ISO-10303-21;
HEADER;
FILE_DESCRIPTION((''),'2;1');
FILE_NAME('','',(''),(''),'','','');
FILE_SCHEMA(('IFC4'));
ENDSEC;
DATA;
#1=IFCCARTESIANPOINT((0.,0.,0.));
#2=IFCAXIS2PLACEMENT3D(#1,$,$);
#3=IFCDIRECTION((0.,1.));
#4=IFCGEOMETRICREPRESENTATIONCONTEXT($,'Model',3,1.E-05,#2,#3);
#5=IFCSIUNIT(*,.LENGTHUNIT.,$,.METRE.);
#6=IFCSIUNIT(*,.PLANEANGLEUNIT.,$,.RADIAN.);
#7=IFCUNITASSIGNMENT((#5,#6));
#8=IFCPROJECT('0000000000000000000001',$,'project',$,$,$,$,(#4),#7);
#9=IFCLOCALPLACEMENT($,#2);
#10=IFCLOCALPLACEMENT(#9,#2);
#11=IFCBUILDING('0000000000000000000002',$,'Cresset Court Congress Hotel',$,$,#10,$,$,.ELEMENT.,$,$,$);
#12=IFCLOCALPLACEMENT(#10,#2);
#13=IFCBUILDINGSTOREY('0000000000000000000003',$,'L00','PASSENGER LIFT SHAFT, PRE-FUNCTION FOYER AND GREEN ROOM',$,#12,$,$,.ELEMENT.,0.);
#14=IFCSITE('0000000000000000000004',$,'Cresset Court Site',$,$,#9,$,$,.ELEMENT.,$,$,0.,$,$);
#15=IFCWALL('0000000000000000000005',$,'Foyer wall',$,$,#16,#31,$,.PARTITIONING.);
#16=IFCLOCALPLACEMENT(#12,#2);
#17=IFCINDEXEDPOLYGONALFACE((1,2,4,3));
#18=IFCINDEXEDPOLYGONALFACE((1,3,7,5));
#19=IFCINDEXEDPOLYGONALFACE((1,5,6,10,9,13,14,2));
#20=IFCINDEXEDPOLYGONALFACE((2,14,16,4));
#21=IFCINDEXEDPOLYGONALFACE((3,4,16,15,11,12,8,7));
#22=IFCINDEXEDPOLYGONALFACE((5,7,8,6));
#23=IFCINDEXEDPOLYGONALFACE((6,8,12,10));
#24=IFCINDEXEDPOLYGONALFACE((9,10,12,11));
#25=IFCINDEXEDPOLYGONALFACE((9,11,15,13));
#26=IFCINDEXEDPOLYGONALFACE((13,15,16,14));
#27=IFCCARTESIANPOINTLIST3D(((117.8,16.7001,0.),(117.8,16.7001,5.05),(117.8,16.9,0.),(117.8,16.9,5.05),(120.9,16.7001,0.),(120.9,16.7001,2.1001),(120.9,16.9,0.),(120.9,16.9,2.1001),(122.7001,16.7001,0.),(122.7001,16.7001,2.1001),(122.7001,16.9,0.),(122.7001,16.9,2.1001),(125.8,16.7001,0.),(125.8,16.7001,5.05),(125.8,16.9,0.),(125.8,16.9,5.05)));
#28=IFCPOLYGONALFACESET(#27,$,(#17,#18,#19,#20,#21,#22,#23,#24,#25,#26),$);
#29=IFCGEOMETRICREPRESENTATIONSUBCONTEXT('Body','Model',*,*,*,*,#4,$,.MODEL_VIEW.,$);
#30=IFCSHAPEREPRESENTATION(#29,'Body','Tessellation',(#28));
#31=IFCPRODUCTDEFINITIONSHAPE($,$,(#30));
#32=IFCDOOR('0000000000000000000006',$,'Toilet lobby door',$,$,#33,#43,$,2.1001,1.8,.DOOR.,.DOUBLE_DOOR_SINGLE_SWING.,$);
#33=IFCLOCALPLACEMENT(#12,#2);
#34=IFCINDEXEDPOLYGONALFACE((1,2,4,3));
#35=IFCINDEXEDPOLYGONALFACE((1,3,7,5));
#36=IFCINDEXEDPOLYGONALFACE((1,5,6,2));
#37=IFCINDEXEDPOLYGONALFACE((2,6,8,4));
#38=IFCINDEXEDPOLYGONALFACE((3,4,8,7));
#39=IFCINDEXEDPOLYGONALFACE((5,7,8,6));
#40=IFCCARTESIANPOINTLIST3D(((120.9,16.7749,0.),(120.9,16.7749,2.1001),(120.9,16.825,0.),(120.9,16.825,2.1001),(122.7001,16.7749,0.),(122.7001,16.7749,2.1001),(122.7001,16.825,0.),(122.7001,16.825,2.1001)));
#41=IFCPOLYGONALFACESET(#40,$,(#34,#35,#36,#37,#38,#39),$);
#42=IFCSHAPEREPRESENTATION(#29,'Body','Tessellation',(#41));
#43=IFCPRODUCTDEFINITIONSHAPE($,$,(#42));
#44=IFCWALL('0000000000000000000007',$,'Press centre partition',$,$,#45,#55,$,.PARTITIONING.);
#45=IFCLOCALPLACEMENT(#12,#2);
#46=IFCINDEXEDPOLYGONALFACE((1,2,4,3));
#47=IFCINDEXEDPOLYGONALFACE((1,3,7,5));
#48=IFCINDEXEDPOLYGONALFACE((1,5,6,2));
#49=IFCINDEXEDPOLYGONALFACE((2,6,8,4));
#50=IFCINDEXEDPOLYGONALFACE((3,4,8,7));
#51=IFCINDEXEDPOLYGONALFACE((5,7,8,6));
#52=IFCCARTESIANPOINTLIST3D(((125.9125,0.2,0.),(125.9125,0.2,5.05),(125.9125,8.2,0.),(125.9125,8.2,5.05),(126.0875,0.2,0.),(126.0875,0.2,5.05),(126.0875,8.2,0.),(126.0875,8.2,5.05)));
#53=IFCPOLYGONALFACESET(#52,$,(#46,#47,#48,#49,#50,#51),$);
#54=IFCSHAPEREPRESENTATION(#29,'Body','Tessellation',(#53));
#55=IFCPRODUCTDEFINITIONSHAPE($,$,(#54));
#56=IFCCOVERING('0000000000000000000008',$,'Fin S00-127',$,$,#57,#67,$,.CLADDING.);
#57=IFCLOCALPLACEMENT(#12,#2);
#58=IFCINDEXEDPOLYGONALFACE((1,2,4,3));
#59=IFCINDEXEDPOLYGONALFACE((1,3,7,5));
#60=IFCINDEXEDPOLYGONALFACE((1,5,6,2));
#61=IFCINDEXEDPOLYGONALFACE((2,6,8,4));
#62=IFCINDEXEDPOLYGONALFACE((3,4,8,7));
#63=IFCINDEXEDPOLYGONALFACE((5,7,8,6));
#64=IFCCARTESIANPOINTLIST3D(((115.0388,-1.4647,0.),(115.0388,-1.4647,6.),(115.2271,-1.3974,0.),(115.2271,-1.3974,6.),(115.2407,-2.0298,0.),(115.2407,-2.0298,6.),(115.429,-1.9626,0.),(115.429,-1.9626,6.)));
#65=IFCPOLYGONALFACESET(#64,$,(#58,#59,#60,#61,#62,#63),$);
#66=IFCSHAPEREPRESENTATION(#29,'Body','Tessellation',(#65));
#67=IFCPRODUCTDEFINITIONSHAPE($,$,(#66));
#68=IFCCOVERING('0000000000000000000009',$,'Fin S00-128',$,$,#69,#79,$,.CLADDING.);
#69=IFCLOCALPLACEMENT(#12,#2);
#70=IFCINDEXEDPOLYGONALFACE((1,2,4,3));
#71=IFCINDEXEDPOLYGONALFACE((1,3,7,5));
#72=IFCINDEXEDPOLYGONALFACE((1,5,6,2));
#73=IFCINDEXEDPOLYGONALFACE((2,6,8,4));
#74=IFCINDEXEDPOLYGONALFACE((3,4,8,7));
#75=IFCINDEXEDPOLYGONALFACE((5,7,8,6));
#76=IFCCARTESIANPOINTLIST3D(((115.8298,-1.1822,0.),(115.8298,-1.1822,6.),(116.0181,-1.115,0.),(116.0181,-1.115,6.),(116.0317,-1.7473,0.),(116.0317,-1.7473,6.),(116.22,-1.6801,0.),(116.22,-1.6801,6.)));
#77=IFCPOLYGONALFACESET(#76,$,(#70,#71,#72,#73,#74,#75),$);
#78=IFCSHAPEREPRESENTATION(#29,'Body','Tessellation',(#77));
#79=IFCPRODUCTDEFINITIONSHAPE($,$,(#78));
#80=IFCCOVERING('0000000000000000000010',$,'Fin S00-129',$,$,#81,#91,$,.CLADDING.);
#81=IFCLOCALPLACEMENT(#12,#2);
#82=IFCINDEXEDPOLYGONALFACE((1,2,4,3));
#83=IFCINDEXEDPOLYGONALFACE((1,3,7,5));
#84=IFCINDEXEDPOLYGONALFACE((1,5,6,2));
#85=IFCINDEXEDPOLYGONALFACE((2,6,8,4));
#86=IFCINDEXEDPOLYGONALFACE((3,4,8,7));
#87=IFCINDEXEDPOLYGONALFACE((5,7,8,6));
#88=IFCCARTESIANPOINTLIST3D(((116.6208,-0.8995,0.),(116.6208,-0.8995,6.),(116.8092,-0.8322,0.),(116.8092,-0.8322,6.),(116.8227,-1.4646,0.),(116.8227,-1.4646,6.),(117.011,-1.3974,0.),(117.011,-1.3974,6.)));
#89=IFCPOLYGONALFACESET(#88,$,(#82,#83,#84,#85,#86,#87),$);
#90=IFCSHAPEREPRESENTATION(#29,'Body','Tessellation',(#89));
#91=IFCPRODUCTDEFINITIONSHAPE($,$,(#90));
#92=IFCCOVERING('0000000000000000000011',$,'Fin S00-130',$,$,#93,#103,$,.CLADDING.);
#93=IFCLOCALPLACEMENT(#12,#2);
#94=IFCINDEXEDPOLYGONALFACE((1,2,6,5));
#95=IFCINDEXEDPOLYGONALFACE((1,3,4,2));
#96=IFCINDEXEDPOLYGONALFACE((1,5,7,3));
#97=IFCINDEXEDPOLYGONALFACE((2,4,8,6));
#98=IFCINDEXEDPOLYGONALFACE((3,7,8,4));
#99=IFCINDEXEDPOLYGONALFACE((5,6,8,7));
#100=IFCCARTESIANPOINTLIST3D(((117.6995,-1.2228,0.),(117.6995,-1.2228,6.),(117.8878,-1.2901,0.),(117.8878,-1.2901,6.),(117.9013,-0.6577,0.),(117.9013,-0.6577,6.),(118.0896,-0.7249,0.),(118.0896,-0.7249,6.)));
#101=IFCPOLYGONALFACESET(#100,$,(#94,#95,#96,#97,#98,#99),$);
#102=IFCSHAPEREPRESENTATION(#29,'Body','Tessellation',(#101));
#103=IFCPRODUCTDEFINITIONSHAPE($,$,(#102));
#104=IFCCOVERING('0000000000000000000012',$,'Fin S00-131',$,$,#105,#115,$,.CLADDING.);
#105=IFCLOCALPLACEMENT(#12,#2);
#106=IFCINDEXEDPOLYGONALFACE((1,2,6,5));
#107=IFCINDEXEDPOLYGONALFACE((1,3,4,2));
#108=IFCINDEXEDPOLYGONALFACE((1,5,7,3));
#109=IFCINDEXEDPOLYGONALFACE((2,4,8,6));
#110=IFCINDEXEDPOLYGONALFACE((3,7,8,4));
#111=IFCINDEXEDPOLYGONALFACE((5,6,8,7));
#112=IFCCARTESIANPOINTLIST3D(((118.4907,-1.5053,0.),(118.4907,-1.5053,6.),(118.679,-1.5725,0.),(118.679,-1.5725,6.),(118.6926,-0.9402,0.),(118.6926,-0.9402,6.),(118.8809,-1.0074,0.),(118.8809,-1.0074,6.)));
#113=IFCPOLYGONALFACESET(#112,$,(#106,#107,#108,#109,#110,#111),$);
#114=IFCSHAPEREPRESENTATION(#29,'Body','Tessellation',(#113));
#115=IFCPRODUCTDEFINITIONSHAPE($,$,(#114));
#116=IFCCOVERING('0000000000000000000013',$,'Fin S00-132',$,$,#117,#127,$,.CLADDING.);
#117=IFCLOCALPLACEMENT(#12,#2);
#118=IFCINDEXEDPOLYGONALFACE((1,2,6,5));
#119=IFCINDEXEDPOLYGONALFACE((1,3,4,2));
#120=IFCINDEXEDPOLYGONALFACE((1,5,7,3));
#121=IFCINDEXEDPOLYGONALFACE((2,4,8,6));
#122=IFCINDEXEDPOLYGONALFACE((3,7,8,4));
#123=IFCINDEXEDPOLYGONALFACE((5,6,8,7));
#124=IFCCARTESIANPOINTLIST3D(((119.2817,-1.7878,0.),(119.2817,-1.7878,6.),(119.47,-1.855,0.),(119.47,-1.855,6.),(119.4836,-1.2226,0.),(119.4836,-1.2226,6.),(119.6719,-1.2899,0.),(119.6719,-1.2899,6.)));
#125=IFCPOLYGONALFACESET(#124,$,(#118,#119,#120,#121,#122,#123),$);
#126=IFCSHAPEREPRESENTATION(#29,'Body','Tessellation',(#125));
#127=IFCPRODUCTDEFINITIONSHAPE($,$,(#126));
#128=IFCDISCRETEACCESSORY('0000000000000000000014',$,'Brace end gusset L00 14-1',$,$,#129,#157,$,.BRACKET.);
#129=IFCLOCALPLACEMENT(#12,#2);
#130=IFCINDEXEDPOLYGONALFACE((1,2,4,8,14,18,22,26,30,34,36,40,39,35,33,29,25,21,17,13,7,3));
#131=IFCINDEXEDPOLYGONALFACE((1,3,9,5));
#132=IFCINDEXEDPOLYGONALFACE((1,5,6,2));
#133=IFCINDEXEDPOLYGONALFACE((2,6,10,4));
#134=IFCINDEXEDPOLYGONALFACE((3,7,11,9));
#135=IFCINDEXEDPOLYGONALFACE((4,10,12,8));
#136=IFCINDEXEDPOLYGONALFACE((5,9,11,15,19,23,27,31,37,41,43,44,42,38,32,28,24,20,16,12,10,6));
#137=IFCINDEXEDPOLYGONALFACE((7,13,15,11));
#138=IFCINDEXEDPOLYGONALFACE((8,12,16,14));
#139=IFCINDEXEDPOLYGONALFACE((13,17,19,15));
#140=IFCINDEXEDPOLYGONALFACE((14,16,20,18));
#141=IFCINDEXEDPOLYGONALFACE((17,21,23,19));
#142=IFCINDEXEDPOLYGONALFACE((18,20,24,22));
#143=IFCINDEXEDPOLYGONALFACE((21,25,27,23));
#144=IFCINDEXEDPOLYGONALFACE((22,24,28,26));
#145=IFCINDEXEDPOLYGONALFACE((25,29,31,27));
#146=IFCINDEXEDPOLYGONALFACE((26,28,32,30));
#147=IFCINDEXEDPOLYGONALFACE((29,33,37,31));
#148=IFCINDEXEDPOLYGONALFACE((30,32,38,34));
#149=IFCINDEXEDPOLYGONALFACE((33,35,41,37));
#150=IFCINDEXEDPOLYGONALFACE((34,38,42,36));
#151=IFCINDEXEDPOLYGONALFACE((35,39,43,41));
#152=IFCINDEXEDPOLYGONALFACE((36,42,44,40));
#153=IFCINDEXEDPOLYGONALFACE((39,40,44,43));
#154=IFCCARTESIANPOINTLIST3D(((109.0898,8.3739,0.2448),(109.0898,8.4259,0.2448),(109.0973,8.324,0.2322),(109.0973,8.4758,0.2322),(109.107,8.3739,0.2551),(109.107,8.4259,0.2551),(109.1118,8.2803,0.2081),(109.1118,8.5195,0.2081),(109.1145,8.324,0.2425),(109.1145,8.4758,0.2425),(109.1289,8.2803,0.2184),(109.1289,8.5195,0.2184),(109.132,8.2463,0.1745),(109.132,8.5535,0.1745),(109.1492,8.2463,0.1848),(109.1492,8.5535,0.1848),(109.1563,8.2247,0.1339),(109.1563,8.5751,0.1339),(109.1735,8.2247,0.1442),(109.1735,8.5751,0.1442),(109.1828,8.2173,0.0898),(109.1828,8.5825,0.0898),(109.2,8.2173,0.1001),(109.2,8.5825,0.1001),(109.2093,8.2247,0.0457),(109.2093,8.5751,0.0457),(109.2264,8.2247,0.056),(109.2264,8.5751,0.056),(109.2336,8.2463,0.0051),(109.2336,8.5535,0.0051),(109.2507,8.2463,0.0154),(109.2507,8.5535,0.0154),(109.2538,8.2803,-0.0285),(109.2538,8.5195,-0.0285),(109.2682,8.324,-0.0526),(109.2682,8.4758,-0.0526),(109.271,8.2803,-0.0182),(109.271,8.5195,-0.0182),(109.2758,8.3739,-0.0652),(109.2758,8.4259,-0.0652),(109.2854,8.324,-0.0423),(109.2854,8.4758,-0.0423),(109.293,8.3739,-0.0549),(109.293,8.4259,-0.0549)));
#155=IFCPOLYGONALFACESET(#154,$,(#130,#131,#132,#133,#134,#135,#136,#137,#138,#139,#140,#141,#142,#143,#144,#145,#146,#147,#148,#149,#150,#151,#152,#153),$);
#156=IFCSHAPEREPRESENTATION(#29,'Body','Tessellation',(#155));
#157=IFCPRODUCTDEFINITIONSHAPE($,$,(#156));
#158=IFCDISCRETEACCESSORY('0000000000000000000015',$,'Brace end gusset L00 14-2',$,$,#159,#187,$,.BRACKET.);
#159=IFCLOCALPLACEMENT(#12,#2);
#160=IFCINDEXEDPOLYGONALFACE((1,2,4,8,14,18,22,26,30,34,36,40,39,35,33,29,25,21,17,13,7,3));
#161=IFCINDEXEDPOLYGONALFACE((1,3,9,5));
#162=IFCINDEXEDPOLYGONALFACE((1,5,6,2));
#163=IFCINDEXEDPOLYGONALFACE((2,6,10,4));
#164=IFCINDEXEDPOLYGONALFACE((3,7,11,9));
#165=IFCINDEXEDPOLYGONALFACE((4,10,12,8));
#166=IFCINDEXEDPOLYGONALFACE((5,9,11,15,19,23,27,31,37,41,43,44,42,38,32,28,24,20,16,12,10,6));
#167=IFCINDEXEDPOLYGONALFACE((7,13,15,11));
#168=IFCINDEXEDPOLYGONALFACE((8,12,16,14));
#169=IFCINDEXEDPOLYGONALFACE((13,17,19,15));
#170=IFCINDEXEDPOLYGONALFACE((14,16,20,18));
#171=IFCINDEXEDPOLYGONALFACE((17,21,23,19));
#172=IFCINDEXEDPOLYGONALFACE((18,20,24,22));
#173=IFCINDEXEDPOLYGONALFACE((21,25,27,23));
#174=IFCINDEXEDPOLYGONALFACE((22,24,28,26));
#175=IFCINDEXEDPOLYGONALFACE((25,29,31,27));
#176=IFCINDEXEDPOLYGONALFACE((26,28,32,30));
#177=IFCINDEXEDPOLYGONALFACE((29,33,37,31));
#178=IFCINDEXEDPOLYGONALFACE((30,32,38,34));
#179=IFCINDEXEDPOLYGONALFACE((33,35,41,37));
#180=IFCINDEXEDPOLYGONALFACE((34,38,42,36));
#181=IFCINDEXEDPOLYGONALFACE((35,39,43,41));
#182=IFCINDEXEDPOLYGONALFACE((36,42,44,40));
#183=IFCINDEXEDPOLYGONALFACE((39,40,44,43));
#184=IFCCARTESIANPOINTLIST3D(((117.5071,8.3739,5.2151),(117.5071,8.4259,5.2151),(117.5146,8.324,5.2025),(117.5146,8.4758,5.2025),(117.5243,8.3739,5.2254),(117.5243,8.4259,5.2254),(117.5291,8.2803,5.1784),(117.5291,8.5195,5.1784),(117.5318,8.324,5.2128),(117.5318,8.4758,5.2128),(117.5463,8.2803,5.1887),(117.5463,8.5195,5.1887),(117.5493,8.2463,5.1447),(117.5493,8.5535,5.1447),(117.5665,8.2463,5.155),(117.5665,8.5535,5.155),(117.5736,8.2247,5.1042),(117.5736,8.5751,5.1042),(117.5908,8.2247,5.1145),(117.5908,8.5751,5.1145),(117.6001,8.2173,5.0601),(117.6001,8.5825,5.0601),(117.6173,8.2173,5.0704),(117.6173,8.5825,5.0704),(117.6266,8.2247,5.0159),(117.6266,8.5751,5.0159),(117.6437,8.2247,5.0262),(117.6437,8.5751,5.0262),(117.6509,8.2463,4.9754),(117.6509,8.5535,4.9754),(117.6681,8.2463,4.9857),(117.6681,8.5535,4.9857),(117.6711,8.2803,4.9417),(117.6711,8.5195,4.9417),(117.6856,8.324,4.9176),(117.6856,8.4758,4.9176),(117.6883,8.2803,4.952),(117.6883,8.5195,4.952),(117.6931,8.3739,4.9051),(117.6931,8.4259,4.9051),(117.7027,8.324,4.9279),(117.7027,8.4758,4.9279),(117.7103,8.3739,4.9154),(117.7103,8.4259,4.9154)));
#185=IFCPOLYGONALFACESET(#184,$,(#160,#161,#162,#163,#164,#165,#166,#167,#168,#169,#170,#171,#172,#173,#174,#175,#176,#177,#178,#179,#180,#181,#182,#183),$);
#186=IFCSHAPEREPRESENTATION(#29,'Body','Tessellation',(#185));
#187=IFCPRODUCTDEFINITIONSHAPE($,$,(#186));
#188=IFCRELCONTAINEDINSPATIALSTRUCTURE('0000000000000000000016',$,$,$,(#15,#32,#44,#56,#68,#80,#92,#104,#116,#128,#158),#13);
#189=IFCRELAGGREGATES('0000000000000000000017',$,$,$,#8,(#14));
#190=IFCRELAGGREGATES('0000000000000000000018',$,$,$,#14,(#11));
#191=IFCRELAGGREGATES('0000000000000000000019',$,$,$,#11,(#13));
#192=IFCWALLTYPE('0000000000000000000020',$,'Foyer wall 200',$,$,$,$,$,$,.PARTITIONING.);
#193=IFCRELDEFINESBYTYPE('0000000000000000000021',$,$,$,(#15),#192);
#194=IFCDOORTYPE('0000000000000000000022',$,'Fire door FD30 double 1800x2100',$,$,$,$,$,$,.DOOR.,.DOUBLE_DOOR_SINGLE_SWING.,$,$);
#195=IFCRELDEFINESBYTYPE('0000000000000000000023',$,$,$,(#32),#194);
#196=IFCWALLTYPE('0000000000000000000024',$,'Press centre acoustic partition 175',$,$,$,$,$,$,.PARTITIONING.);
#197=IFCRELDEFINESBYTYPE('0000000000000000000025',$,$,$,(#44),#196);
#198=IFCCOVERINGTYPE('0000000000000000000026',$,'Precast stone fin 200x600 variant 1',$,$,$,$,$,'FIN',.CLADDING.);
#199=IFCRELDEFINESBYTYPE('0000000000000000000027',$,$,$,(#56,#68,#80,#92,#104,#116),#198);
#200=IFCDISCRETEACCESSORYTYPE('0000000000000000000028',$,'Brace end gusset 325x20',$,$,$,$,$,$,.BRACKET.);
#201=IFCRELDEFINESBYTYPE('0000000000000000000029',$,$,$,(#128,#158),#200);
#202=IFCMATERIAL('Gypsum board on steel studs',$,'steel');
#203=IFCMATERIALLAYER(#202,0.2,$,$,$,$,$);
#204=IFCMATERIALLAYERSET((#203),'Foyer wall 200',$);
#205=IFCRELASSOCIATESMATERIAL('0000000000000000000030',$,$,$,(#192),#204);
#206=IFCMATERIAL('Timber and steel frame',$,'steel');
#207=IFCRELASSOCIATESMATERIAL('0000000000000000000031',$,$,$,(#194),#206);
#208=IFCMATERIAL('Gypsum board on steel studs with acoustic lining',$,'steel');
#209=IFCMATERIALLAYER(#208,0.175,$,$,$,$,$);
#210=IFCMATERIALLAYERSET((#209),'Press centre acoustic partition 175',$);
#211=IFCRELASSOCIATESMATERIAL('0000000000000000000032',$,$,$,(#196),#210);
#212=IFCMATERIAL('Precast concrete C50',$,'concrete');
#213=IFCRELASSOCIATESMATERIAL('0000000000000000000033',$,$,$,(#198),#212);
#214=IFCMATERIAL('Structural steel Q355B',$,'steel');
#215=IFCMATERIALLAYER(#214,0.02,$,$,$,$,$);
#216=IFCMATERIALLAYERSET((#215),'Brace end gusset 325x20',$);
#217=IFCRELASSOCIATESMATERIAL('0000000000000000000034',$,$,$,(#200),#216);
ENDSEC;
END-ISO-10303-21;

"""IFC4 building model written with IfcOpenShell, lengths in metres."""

from ifc_helpers import new_model, si_unit, direction, frame, frame_2d, origin, origin_2d, place, context, subcontext, project, spatial, rectangle, circle, extrude, material, layer, layer_set, type_object, element, fill, save


model = new_model("IFC4")

# Units and contexts
model_context = context("Model", 3, precision=1e-05, world=origin(), true_north=direction((0.0, 1.0)))
body_context = subcontext(model_context, "Body", "Model", "MODEL_VIEW")
ifc_project = project(units=[si_unit("LENGTHUNIT", "METRE"), si_unit("PLANEANGLEUNIT", "RADIAN")], contexts=[model_context])

# Site, building, storey
site_placement = place(None, origin())
site = spatial("IfcSite", under=ifc_project, at=site_placement, Name="Cresset Court Site", CompositionType="ELEMENT", RefElevation=0.0)
building_placement = place(site_placement, origin())
building = spatial("IfcBuilding", under=site, at=building_placement, Name="Cresset Court Congress Hotel", CompositionType="ELEMENT")
storey_placement = place(building_placement, origin())
storey = spatial("IfcBuildingStorey", under=building, at=storey_placement, Name="L00", Description="PASSENGER LIFT SHAFT, PRE-FUNCTION FOYER AND GREEN ROOM", CompositionType="ELEMENT", Elevation=0.0)

# Shared definitions
ifc_material_1 = material(Name="Gypsum board on steel studs", Category="steel")
ifc_layer_1 = layer(ifc_material_1, 0.2)
ifc_layer_set_1 = layer_set([ifc_layer_1], Name="Foyer wall 200")
wall_type_1 = type_object("IfcWallType", Name="Foyer wall 200", PredefinedType="PARTITIONING", material=ifc_layer_set_1)

# Wall, opening, door
wall_1_placement = place(storey_placement, frame((117.8, 16.8, 0.0), z_axis=(0.0, 0.0, 1.0), x_axis=(1.0, 0.0, 0.0)))
wall_1 = element("IfcWall", 1, at=wall_1_placement, inside=storey, type_object=wall_type_1, Name="Foyer wall", PredefinedType="PARTITIONING", context=body_context, shape_type="SweptSolid", body=[
    extrude(rectangle(XDim=8.0, YDim=0.2, at=frame_2d((4.0, 0.0))), origin(), (0.0, 0.0, 1.0), 5.05),
])
opening_1_placement = place(wall_1_placement, frame((3.1001, 0.0, 0.0)))
opening_1 = element("IfcOpeningElement", 2, at=opening_1_placement, cuts=wall_1, PredefinedType="OPENING", context=body_context, shape_type="SweptSolid", body=[
    extrude(rectangle(XDim=1.8, YDim=2.1001, at=frame_2d((0.8999, 1.05))), frame((0.0, 0.1099, 0.0), z_axis=(0.0, -1.0, 0.0), x_axis=(1.0, 0.0, 0.0)), (0.0, 0.0, 1.0), 0.22),
])
ifc_material_2 = material(Name="Timber and steel frame", Category="steel")
door_type_1 = type_object("IfcDoorType", Name="Fire door FD30 double 1800x2100", OperationType="DOUBLE_DOOR_SINGLE_SWING", PredefinedType="DOOR", material=ifc_material_2)
door_1_placement = place(opening_1_placement, origin())
door_1 = element("IfcDoor", 3, at=door_1_placement, inside=storey, type_object=door_type_1, Name="Toilet lobby door", OperationType="DOUBLE_DOOR_SINGLE_SWING", OverallHeight=2.1001, OverallWidth=1.8, PredefinedType="DOOR", context=body_context, shape_type="SweptSolid", body=[
    extrude(rectangle(XDim=1.8, YDim=2.1001, at=frame_2d((0.8999, 1.05))), frame((0.0, 0.0249, 0.0), z_axis=(0.0, -1.0, 0.0), x_axis=(1.0, 0.0, 0.0)), (0.0, 0.0, 1.0), 0.05),
])
fill(opening_1, door_1)

# Wall
ifc_material_3 = material(Name="Gypsum board on steel studs with acoustic lining", Category="steel")
ifc_layer_2 = layer(ifc_material_3, 0.175)
ifc_layer_set_2 = layer_set([ifc_layer_2], Name="Press centre acoustic partition 175")
wall_type_2 = type_object("IfcWallType", Name="Press centre acoustic partition 175", PredefinedType="PARTITIONING", material=ifc_layer_set_2)
wall_2_placement = place(storey_placement, frame((126.0, 0.2, 0.0), z_axis=(0.0, 0.0, 1.0), x_axis=(0.0, 1.0, 0.0)))
element("IfcWall", 4, at=wall_2_placement, inside=storey, type_object=wall_type_2, Name="Press centre partition", PredefinedType="PARTITIONING", context=body_context, shape_type="SweptSolid", body=[
    extrude(rectangle(XDim=8.0, YDim=0.175, at=frame_2d((4.0, 0.0))), origin(), (0.0, 0.0, 1.0), 5.05),
])

# Coverings
ifc_material_4 = material(Name="Precast concrete C50", Category="concrete")
covering_type = type_object("IfcCoveringType", Name="Precast stone fin 200x600 variant 1", ElementType="FIN", PredefinedType="CLADDING", material=ifc_material_4)
for number, where, z_axis, x_axis, name in (
    (5, (115.2339, -1.7136, 0.0), (0.0, 0.0, 1.0), (0.941742, 0.336336, 0.0), "Fin S00-127"),
    (6, (116.0249, -1.4312, 0.0), (0.0, 0.0, 1.0), (0.941742, 0.336336, 0.0), "Fin S00-128"),
    (7, (116.8159, -1.1484, 0.0), (0.0, 0.0, 1.0), (0.941742, 0.336336, 0.0), "Fin S00-129"),
    (8, (117.8945, -0.9739, 0.0), (0.0, 0.0, 1.0), (0.941742, -0.336336, 0.0), "Fin S00-130"),
    (9, (118.6858, -1.2563, 0.0), (0.0, 0.0, 1.0), (0.941742, -0.336336, 0.0), "Fin S00-131"),
    (10, (119.4768, -1.5388, 0.0), (0.0, 0.0, 1.0), (0.941742, -0.336336, 0.0), "Fin S00-132"),
):
    element("IfcCovering", number, at=place(storey_placement, frame(where, z_axis=z_axis, x_axis=x_axis)), inside=storey, type_object=covering_type, Name=name, PredefinedType="CLADDING", context=body_context, shape_type="SweptSolid", body=[
        extrude(rectangle(XDim=0.2, YDim=0.6001, at=origin_2d()), origin(), (0.0, 0.0, 1.0), 6.0),
    ])

# Discrete accessories
ifc_material_5 = material(Name="Structural steel Q355B", Category="steel")
ifc_layer_3 = layer(ifc_material_5, 0.02)
ifc_layer_set_3 = layer_set([ifc_layer_3], Name="Brace end gusset 325x20")
discrete_accessory_type = type_object("IfcDiscreteAccessoryType", Name="Brace end gusset 325x20", PredefinedType="BRACKET", material=ifc_layer_set_3)
for number, where, z_axis, x_axis, name in (
    (11, (109.2, 8.3999, 0.1001), (-0.857493, 0.0, -0.514496), (0.0, -1.0, 0.0), "Brace end gusset L00 14-1"),
    (12, (117.6001, 8.3999, 5.0601), (0.857493, 0.0, 0.514496), (0.0, 1.0, 0.0), "Brace end gusset L00 14-2"),
):
    element("IfcDiscreteAccessory", number, at=place(storey_placement, frame(where, z_axis=z_axis, x_axis=x_axis)), inside=storey, type_object=discrete_accessory_type, Name=name, PredefinedType="BRACKET", context=body_context, shape_type="SweptSolid", body=[
        extrude(circle(Radius=0.1826, at=origin_2d()), origin(), (0.0, 0.0, 1.0), 0.02),
    ])

save(model, "model.ifc")
